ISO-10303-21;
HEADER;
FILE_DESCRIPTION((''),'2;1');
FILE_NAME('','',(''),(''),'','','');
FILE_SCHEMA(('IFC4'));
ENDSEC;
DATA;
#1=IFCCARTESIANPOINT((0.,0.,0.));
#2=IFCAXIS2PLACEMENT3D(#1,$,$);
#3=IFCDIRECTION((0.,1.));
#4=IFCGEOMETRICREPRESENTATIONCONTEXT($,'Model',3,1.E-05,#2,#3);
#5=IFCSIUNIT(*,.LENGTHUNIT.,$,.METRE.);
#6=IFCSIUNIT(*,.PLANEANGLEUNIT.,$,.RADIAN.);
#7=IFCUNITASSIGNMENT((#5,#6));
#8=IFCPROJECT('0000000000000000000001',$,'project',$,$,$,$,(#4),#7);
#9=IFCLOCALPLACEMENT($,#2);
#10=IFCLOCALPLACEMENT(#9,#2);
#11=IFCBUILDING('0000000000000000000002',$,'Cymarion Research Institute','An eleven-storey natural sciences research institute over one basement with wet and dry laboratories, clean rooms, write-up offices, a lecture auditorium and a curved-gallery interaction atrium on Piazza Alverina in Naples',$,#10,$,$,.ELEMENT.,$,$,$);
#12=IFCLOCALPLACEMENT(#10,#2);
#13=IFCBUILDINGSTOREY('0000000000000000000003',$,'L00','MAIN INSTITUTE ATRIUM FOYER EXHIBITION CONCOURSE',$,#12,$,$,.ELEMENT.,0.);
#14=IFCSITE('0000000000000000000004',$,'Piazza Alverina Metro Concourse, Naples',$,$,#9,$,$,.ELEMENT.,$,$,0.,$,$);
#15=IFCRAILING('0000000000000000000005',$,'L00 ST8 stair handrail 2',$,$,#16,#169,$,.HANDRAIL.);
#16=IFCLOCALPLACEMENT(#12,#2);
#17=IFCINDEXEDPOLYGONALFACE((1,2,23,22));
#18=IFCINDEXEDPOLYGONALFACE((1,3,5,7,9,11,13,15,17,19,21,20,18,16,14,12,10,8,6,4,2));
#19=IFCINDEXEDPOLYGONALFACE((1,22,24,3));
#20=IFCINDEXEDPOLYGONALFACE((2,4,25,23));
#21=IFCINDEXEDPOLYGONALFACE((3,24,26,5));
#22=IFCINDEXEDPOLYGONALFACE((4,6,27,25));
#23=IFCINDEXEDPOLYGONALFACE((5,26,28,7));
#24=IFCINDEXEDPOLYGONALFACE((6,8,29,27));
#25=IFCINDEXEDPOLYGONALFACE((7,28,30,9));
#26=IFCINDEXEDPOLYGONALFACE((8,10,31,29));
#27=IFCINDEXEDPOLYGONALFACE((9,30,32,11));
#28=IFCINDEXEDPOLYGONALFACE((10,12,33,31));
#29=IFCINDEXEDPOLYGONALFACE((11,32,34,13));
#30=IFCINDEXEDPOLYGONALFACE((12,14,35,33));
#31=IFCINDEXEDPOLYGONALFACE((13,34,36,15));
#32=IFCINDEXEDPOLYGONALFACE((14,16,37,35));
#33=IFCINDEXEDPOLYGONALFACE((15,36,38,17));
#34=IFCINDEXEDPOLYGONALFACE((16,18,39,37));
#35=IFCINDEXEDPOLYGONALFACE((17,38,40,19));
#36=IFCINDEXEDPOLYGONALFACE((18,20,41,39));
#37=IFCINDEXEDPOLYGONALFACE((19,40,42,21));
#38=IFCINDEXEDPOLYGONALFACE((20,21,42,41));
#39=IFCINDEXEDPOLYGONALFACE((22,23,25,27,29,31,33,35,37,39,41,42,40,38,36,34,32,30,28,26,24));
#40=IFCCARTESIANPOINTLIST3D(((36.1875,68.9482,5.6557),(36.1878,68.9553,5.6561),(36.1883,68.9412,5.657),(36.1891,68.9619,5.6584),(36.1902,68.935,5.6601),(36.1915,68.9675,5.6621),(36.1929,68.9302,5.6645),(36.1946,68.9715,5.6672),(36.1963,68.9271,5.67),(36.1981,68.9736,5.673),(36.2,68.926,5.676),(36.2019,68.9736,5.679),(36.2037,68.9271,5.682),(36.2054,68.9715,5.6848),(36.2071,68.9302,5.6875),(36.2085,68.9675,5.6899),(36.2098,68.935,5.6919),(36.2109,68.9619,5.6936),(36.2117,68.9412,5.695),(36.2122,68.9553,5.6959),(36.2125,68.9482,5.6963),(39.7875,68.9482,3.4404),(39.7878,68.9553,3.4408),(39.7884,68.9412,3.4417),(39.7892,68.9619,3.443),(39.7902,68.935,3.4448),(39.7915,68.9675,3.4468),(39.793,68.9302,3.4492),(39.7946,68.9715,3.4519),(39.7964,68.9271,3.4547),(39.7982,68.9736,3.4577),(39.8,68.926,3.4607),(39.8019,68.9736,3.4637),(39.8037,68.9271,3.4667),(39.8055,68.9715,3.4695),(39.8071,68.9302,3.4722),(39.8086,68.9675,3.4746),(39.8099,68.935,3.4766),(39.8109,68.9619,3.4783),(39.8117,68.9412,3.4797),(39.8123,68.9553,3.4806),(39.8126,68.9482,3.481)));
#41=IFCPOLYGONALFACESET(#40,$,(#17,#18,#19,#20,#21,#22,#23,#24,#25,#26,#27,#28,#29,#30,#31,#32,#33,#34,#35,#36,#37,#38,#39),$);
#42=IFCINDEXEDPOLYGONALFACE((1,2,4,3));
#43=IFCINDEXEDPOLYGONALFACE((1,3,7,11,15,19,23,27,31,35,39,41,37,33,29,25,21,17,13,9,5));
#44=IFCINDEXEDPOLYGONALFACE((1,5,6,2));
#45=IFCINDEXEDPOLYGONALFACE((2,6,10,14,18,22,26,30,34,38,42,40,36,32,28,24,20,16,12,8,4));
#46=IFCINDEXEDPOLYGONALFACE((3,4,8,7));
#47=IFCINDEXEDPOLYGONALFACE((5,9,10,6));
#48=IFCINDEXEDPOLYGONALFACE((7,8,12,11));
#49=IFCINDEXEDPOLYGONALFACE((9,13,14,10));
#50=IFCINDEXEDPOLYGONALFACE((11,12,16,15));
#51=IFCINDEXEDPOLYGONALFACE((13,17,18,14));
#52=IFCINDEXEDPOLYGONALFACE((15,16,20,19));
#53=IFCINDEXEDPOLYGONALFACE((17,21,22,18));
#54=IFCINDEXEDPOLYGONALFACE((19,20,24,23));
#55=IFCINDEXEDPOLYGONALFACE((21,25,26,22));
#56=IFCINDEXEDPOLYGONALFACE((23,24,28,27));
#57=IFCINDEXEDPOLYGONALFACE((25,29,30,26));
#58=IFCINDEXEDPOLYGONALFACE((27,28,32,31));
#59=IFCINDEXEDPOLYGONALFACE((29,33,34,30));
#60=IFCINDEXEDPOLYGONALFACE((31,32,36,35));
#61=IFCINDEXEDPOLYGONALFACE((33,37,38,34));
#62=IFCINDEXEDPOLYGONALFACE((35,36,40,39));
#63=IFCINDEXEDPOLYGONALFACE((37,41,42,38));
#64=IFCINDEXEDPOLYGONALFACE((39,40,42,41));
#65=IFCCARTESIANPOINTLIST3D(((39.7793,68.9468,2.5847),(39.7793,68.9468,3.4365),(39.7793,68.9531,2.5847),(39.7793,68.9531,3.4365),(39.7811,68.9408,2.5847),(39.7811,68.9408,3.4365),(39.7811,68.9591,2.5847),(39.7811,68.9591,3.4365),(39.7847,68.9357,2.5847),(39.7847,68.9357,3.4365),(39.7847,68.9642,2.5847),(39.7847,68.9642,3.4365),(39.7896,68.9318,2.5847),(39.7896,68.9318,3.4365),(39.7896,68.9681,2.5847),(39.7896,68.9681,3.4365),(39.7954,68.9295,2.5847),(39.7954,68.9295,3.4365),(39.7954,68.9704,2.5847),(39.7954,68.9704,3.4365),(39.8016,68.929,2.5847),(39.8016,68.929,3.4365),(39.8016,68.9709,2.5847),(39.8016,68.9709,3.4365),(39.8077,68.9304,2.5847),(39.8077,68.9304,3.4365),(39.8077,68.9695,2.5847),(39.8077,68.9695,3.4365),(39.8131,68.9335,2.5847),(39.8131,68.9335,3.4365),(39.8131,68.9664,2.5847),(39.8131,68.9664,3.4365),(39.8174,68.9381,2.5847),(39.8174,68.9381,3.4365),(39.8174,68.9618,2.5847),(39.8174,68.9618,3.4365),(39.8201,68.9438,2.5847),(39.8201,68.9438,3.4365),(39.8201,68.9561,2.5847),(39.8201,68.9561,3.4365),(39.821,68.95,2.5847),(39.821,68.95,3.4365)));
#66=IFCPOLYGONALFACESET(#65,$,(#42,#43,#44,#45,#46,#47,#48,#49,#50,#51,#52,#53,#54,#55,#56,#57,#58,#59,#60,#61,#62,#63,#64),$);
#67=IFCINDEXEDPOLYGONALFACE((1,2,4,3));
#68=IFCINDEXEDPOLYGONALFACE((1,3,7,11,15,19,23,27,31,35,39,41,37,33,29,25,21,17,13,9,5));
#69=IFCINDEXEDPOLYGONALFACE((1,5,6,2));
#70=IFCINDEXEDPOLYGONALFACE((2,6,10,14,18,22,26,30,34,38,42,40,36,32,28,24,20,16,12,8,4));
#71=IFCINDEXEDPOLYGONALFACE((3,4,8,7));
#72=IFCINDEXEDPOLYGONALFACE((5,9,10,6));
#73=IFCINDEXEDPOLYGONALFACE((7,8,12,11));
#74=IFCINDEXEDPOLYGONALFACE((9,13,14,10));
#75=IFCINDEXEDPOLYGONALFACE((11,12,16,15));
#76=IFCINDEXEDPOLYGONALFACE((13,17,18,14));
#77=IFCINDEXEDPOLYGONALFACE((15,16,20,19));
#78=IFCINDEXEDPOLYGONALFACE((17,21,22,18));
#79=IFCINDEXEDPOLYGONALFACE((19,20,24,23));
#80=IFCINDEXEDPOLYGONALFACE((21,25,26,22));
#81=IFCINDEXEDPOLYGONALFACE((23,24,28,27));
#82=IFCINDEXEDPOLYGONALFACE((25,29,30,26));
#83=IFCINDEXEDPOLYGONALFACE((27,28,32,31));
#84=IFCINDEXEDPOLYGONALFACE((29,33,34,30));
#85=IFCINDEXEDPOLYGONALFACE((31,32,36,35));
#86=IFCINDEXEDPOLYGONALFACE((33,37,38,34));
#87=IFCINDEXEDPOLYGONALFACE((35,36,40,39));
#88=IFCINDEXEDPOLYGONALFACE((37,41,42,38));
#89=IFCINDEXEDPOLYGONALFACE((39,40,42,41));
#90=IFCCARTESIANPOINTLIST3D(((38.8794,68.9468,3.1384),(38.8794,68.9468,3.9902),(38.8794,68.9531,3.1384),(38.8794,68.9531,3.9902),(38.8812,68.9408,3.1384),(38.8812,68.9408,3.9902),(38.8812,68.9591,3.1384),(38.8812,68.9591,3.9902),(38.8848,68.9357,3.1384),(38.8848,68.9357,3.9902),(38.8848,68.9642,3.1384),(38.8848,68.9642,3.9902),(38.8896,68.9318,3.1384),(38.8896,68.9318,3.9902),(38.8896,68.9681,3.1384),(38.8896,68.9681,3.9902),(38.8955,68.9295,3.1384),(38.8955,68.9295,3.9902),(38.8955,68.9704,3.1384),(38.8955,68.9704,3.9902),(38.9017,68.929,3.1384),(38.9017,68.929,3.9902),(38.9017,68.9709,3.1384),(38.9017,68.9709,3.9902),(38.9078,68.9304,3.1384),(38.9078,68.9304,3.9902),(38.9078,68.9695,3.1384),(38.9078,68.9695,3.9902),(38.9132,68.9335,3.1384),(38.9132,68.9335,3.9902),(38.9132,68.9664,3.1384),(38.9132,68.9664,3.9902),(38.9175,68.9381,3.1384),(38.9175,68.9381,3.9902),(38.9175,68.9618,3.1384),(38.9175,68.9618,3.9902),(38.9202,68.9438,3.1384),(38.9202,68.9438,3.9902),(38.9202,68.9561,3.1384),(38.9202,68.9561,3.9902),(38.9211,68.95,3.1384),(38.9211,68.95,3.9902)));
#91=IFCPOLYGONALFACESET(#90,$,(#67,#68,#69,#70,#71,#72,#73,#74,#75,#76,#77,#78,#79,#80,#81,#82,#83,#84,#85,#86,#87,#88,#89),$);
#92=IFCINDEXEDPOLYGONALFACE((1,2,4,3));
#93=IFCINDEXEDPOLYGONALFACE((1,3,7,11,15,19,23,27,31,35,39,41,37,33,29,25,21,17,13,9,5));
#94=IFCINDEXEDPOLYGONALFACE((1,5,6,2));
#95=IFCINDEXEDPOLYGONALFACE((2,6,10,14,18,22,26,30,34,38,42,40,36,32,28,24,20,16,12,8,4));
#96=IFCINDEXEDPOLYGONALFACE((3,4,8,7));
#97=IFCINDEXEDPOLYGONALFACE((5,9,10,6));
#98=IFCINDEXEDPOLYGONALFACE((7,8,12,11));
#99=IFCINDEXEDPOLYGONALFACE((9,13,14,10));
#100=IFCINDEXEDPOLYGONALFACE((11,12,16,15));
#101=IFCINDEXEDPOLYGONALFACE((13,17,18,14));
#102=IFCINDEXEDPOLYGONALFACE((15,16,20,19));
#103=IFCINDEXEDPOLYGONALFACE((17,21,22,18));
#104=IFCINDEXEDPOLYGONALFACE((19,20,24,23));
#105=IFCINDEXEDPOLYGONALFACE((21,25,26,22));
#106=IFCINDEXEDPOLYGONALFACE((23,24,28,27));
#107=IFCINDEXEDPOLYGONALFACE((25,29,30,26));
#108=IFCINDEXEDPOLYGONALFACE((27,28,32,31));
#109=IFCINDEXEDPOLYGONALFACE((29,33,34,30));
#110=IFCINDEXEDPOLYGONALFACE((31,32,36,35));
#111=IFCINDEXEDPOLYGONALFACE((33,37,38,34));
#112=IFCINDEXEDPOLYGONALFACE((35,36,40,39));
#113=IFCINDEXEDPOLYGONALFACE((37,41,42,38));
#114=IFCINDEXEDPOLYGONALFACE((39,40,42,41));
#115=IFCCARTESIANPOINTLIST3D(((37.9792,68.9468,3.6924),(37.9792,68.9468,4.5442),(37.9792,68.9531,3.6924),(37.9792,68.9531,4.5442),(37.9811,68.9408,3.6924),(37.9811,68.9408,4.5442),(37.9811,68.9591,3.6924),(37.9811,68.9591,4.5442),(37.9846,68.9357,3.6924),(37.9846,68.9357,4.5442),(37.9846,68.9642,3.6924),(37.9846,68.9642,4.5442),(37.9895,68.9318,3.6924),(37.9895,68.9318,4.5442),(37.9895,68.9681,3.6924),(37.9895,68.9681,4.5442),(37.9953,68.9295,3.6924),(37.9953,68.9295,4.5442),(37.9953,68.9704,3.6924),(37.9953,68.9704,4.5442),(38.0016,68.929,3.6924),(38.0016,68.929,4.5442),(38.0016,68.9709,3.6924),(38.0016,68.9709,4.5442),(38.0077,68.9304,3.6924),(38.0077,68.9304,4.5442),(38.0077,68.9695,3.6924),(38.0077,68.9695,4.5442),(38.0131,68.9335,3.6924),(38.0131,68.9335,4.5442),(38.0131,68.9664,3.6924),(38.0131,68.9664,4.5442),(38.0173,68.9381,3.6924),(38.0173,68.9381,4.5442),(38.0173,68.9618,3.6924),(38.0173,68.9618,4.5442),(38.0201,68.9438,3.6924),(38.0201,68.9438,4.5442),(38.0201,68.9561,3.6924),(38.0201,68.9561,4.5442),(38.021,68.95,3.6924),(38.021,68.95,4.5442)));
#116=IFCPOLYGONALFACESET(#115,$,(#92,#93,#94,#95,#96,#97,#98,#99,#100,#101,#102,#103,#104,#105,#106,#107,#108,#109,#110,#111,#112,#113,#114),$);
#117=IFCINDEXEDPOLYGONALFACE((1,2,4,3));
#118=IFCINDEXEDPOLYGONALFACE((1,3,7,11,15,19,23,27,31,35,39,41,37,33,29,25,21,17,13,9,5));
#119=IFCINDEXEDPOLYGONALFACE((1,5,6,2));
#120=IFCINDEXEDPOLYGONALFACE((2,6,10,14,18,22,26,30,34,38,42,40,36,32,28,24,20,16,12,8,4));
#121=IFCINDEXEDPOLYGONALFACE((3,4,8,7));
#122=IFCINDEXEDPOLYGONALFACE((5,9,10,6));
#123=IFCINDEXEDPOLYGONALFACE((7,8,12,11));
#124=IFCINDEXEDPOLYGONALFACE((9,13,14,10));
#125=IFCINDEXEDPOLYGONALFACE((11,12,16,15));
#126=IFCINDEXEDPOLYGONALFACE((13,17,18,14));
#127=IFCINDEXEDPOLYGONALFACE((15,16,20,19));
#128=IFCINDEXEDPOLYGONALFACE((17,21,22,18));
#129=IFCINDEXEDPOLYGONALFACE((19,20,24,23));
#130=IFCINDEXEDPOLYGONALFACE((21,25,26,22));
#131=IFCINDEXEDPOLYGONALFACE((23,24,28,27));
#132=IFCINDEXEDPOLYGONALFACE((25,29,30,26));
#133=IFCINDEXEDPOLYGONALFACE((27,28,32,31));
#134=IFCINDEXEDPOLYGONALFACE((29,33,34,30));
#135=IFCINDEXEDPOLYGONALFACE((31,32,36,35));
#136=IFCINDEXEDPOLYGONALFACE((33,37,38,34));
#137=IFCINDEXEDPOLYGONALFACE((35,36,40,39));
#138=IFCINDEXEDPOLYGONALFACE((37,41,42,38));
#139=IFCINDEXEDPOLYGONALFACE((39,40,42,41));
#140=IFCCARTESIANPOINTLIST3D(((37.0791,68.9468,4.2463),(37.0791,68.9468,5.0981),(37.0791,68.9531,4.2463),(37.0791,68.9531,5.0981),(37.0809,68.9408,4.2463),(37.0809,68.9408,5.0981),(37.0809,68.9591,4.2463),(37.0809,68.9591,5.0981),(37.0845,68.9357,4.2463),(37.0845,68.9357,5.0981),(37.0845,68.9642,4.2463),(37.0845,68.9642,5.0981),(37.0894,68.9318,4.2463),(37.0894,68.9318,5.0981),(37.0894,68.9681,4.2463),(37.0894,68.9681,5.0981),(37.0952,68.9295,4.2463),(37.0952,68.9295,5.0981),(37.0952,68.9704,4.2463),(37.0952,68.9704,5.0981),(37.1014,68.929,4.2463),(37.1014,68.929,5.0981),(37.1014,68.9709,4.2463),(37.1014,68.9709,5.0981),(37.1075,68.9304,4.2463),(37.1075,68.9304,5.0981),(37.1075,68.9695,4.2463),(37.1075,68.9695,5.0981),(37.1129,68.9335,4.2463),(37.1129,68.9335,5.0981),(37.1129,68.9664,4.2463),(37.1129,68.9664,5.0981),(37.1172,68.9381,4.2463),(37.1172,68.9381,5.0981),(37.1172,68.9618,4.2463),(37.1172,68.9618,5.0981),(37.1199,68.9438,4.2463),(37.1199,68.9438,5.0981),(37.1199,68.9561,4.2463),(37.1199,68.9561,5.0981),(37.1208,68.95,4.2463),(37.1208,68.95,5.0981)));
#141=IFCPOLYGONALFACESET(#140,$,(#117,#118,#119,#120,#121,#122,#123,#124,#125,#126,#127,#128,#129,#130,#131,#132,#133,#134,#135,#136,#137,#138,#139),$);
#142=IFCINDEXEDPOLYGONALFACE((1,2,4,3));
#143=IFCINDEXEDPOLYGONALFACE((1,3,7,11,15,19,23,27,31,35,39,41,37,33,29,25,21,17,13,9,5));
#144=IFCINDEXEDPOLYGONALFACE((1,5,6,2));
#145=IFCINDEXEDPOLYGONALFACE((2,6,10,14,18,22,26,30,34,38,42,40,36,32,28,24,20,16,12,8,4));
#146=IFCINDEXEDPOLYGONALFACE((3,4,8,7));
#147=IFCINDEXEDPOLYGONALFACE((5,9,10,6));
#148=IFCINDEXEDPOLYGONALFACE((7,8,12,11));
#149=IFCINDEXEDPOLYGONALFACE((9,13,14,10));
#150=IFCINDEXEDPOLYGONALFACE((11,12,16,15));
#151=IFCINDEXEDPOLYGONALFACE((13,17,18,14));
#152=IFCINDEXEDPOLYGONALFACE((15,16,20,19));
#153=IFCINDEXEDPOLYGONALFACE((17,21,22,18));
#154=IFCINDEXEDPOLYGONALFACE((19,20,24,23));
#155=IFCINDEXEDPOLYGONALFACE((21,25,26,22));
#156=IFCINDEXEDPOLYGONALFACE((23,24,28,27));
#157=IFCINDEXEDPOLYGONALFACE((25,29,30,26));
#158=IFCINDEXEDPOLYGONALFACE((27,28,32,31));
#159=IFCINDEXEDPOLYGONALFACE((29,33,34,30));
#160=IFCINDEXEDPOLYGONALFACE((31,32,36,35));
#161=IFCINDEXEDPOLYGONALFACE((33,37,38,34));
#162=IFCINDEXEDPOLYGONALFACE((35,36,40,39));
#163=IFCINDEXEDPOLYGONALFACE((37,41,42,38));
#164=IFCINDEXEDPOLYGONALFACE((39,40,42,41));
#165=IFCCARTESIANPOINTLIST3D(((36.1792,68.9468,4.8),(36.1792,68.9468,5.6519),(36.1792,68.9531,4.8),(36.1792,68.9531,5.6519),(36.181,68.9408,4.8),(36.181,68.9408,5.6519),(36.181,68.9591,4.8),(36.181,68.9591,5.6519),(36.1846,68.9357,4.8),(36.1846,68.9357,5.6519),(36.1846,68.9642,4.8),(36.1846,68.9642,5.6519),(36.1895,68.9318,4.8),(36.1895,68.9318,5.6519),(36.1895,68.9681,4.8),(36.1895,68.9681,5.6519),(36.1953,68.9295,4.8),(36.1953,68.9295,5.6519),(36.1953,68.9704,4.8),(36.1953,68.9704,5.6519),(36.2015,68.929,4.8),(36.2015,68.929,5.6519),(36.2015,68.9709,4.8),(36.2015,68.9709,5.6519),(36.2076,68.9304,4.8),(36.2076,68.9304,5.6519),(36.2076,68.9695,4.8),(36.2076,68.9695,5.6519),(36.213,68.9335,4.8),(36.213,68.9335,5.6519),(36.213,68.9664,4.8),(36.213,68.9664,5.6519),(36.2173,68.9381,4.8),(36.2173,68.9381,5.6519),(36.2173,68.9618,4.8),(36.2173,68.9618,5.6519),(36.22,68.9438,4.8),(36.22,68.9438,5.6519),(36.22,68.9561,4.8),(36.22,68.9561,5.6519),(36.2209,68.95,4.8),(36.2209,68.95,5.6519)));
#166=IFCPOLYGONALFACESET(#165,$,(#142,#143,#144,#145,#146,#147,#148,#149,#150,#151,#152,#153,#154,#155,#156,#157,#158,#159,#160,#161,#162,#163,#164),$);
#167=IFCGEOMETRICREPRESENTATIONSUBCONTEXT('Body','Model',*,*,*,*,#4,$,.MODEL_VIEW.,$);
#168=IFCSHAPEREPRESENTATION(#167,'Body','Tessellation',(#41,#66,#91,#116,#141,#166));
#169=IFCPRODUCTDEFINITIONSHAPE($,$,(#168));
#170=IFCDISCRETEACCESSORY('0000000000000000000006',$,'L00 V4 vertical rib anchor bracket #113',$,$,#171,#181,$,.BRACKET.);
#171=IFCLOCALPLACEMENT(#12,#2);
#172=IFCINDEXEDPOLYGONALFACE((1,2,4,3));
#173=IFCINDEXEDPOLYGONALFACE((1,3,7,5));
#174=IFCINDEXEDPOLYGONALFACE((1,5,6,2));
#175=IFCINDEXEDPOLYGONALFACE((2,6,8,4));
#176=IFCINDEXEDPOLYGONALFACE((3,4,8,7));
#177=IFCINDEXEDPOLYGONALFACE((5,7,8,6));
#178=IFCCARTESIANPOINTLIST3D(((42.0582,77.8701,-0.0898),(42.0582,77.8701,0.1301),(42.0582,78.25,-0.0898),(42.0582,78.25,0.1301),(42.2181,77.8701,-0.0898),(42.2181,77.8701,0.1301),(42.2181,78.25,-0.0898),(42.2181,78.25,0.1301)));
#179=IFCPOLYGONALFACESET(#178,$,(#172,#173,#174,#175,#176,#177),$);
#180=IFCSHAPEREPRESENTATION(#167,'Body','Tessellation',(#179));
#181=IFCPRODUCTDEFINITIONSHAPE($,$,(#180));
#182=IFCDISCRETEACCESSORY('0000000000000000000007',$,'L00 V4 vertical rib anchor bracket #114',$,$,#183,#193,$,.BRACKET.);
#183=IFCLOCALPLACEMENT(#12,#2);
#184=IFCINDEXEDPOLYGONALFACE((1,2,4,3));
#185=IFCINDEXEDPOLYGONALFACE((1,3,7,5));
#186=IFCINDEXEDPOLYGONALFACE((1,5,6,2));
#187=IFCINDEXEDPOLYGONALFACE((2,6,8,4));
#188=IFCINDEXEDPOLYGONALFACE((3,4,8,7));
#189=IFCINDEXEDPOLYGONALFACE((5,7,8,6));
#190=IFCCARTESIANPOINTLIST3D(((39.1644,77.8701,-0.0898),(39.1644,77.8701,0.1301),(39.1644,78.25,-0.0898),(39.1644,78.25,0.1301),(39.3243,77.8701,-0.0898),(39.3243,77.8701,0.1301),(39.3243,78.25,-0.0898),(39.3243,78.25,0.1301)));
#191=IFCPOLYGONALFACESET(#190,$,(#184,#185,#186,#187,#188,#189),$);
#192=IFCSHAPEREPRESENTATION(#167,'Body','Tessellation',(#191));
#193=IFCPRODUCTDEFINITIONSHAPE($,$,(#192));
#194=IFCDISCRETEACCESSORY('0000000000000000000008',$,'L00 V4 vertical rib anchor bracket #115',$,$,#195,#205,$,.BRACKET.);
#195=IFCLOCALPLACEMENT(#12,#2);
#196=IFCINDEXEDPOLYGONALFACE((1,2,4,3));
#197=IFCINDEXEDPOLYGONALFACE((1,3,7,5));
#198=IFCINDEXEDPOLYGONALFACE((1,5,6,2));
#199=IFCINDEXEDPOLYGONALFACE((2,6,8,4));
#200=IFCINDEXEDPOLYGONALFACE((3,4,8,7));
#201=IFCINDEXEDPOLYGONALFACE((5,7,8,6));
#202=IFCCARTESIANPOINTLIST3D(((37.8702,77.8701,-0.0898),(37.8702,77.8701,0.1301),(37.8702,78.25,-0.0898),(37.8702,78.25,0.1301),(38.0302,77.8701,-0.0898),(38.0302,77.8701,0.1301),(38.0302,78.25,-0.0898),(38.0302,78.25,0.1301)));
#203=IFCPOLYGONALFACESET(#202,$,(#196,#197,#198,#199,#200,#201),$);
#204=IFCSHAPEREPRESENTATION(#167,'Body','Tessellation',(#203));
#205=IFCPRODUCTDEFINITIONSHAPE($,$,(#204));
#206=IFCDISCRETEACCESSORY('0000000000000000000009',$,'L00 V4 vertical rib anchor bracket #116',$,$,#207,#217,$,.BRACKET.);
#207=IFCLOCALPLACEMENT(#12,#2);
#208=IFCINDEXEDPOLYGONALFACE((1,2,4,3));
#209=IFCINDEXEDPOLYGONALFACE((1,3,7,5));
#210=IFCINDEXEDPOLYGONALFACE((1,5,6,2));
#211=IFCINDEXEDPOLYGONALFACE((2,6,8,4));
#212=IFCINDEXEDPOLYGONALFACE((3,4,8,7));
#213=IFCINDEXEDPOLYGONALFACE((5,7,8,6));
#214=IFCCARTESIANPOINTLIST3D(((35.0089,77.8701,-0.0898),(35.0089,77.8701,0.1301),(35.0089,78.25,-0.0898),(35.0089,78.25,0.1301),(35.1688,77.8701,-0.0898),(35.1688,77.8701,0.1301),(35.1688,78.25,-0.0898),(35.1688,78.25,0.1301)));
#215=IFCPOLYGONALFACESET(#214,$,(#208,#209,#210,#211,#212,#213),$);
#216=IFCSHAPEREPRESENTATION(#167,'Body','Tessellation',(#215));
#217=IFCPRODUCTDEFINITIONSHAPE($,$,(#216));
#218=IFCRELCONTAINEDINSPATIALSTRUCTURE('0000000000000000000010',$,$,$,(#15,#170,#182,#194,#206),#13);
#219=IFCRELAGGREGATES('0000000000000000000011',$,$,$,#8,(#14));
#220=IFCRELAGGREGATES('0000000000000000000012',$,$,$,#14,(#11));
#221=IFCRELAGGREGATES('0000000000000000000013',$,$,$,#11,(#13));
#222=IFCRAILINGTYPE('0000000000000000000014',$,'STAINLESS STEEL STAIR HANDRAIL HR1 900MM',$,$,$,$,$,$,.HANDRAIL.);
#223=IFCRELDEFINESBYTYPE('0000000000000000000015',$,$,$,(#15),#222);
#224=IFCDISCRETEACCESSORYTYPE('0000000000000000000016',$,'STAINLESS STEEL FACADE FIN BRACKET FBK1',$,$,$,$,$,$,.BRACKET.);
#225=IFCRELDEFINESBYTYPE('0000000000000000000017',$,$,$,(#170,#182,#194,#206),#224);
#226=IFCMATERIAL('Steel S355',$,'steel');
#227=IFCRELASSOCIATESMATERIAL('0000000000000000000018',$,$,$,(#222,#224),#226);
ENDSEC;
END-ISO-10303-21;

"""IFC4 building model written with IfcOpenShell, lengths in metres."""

from ifc_helpers import new_model, si_unit, direction, frame, origin, origin_2d, place, context, subcontext, project, spatial, rectangle, circle, extrude, material, type_object, element, save


model = new_model("IFC4")

# Units and contexts
model_context = context("Model", 3, precision=1e-05, world=origin(), true_north=direction((0.0, 1.0)))
body_context = subcontext(model_context, "Body", "Model", "MODEL_VIEW")
ifc_project = project(units=[si_unit("LENGTHUNIT", "METRE"), si_unit("PLANEANGLEUNIT", "RADIAN")], contexts=[model_context])

# Site, building, storey
site_placement = place(None, origin())
site = spatial("IfcSite", under=ifc_project, at=site_placement, Name="Piazza Alverina Metro Concourse, Naples", CompositionType="ELEMENT", RefElevation=0.0)
building_placement = place(site_placement, origin())
building = spatial("IfcBuilding", under=site, at=building_placement, Name="Cymarion Research Institute", Description="An eleven-storey natural sciences research institute over one basement with wet and dry laboratories, clean rooms, write-up offices, a lecture auditorium and a curved-gallery interaction atrium on Piazza Alverina in Naples", CompositionType="ELEMENT")
storey_placement = place(building_placement, origin())
storey = spatial("IfcBuildingStorey", under=building, at=storey_placement, Name="L00", Description="MAIN INSTITUTE ATRIUM FOYER EXHIBITION CONCOURSE", CompositionType="ELEMENT", Elevation=0.0)

# Shared definitions
ifc_material_1 = material(Name="Steel S355", Category="steel")

# Railing
railing_type_1 = type_object("IfcRailingType", Name="STAINLESS STEEL STAIR HANDRAIL HR1 900MM", PredefinedType="HANDRAIL", material=ifc_material_1)
railing_1_placement = place(storey_placement, frame((39.8, 68.95, 2.5847)))
element("IfcRailing", 1, at=railing_1_placement, inside=storey, type_object=railing_type_1, Name="L00 ST8 stair handrail 2", PredefinedType="HANDRAIL", context=body_context, shape_type="SweptSolid", body=[
    extrude(circle(Radius=0.0239, at=origin_2d()), frame((0.0, 0.0, 0.876), z_axis=(-0.85167, 0.0, 0.524078), x_axis=(0.0, -1.0, 0.0)), (0.0, 0.0, 1.0), 4.2271),
    extrude(circle(Radius=0.021, at=origin_2d()), origin(), (0.0, 0.0, 1.0), 0.8518),
    extrude(circle(Radius=0.021, at=origin_2d()), frame((-0.8999, 0.0, 0.5537)), (0.0, 0.0, 1.0), 0.8518),
    extrude(circle(Radius=0.021, at=origin_2d()), frame((-1.8, 0.0, 1.1077)), (0.0, 0.0, 1.0), 0.8518),
    extrude(circle(Radius=0.021, at=origin_2d()), frame((-2.7002, 0.0, 1.6616)), (0.0, 0.0, 1.0), 0.8518),
    extrude(circle(Radius=0.021, at=origin_2d()), frame((-3.6001, 0.0, 2.2153)), (0.0, 0.0, 1.0), 0.8518),
])

# Discrete accessories
discrete_accessory_type = type_object("IfcDiscreteAccessoryType", Name="STAINLESS STEEL FACADE FIN BRACKET FBK1", PredefinedType="BRACKET", material=ifc_material_1)
for number, where, z_axis, x_axis, name in (
    (2, (42.1382, 78.0601, -0.0898), (0.0, 0.0, 1.0), (0.0, 1.0, 0.0), "L00 V4 vertical rib anchor bracket #113"),
    (3, (39.2444, 78.0601, -0.0898), (0.0, 0.0, 1.0), (0.0, 1.0, 0.0), "L00 V4 vertical rib anchor bracket #114"),
    (4, (37.9502, 78.0601, -0.0898), (0.0, 0.0, 1.0), (0.0, 1.0, 0.0), "L00 V4 vertical rib anchor bracket #115"),
    (5, (35.0889, 78.0601, -0.0898), (0.0, 0.0, 1.0), (0.0, 1.0, 0.0), "L00 V4 vertical rib anchor bracket #116"),
):
    element("IfcDiscreteAccessory", number, at=place(storey_placement, frame(where, z_axis=z_axis, x_axis=x_axis)), inside=storey, type_object=discrete_accessory_type, Name=name, PredefinedType="BRACKET", context=body_context, shape_type="SweptSolid", body=[
        extrude(rectangle(XDim=0.3799, YDim=0.1599, at=origin_2d()), origin(), (0.0, 0.0, 1.0), 0.22),
    ])

save(model, "model.ifc")
